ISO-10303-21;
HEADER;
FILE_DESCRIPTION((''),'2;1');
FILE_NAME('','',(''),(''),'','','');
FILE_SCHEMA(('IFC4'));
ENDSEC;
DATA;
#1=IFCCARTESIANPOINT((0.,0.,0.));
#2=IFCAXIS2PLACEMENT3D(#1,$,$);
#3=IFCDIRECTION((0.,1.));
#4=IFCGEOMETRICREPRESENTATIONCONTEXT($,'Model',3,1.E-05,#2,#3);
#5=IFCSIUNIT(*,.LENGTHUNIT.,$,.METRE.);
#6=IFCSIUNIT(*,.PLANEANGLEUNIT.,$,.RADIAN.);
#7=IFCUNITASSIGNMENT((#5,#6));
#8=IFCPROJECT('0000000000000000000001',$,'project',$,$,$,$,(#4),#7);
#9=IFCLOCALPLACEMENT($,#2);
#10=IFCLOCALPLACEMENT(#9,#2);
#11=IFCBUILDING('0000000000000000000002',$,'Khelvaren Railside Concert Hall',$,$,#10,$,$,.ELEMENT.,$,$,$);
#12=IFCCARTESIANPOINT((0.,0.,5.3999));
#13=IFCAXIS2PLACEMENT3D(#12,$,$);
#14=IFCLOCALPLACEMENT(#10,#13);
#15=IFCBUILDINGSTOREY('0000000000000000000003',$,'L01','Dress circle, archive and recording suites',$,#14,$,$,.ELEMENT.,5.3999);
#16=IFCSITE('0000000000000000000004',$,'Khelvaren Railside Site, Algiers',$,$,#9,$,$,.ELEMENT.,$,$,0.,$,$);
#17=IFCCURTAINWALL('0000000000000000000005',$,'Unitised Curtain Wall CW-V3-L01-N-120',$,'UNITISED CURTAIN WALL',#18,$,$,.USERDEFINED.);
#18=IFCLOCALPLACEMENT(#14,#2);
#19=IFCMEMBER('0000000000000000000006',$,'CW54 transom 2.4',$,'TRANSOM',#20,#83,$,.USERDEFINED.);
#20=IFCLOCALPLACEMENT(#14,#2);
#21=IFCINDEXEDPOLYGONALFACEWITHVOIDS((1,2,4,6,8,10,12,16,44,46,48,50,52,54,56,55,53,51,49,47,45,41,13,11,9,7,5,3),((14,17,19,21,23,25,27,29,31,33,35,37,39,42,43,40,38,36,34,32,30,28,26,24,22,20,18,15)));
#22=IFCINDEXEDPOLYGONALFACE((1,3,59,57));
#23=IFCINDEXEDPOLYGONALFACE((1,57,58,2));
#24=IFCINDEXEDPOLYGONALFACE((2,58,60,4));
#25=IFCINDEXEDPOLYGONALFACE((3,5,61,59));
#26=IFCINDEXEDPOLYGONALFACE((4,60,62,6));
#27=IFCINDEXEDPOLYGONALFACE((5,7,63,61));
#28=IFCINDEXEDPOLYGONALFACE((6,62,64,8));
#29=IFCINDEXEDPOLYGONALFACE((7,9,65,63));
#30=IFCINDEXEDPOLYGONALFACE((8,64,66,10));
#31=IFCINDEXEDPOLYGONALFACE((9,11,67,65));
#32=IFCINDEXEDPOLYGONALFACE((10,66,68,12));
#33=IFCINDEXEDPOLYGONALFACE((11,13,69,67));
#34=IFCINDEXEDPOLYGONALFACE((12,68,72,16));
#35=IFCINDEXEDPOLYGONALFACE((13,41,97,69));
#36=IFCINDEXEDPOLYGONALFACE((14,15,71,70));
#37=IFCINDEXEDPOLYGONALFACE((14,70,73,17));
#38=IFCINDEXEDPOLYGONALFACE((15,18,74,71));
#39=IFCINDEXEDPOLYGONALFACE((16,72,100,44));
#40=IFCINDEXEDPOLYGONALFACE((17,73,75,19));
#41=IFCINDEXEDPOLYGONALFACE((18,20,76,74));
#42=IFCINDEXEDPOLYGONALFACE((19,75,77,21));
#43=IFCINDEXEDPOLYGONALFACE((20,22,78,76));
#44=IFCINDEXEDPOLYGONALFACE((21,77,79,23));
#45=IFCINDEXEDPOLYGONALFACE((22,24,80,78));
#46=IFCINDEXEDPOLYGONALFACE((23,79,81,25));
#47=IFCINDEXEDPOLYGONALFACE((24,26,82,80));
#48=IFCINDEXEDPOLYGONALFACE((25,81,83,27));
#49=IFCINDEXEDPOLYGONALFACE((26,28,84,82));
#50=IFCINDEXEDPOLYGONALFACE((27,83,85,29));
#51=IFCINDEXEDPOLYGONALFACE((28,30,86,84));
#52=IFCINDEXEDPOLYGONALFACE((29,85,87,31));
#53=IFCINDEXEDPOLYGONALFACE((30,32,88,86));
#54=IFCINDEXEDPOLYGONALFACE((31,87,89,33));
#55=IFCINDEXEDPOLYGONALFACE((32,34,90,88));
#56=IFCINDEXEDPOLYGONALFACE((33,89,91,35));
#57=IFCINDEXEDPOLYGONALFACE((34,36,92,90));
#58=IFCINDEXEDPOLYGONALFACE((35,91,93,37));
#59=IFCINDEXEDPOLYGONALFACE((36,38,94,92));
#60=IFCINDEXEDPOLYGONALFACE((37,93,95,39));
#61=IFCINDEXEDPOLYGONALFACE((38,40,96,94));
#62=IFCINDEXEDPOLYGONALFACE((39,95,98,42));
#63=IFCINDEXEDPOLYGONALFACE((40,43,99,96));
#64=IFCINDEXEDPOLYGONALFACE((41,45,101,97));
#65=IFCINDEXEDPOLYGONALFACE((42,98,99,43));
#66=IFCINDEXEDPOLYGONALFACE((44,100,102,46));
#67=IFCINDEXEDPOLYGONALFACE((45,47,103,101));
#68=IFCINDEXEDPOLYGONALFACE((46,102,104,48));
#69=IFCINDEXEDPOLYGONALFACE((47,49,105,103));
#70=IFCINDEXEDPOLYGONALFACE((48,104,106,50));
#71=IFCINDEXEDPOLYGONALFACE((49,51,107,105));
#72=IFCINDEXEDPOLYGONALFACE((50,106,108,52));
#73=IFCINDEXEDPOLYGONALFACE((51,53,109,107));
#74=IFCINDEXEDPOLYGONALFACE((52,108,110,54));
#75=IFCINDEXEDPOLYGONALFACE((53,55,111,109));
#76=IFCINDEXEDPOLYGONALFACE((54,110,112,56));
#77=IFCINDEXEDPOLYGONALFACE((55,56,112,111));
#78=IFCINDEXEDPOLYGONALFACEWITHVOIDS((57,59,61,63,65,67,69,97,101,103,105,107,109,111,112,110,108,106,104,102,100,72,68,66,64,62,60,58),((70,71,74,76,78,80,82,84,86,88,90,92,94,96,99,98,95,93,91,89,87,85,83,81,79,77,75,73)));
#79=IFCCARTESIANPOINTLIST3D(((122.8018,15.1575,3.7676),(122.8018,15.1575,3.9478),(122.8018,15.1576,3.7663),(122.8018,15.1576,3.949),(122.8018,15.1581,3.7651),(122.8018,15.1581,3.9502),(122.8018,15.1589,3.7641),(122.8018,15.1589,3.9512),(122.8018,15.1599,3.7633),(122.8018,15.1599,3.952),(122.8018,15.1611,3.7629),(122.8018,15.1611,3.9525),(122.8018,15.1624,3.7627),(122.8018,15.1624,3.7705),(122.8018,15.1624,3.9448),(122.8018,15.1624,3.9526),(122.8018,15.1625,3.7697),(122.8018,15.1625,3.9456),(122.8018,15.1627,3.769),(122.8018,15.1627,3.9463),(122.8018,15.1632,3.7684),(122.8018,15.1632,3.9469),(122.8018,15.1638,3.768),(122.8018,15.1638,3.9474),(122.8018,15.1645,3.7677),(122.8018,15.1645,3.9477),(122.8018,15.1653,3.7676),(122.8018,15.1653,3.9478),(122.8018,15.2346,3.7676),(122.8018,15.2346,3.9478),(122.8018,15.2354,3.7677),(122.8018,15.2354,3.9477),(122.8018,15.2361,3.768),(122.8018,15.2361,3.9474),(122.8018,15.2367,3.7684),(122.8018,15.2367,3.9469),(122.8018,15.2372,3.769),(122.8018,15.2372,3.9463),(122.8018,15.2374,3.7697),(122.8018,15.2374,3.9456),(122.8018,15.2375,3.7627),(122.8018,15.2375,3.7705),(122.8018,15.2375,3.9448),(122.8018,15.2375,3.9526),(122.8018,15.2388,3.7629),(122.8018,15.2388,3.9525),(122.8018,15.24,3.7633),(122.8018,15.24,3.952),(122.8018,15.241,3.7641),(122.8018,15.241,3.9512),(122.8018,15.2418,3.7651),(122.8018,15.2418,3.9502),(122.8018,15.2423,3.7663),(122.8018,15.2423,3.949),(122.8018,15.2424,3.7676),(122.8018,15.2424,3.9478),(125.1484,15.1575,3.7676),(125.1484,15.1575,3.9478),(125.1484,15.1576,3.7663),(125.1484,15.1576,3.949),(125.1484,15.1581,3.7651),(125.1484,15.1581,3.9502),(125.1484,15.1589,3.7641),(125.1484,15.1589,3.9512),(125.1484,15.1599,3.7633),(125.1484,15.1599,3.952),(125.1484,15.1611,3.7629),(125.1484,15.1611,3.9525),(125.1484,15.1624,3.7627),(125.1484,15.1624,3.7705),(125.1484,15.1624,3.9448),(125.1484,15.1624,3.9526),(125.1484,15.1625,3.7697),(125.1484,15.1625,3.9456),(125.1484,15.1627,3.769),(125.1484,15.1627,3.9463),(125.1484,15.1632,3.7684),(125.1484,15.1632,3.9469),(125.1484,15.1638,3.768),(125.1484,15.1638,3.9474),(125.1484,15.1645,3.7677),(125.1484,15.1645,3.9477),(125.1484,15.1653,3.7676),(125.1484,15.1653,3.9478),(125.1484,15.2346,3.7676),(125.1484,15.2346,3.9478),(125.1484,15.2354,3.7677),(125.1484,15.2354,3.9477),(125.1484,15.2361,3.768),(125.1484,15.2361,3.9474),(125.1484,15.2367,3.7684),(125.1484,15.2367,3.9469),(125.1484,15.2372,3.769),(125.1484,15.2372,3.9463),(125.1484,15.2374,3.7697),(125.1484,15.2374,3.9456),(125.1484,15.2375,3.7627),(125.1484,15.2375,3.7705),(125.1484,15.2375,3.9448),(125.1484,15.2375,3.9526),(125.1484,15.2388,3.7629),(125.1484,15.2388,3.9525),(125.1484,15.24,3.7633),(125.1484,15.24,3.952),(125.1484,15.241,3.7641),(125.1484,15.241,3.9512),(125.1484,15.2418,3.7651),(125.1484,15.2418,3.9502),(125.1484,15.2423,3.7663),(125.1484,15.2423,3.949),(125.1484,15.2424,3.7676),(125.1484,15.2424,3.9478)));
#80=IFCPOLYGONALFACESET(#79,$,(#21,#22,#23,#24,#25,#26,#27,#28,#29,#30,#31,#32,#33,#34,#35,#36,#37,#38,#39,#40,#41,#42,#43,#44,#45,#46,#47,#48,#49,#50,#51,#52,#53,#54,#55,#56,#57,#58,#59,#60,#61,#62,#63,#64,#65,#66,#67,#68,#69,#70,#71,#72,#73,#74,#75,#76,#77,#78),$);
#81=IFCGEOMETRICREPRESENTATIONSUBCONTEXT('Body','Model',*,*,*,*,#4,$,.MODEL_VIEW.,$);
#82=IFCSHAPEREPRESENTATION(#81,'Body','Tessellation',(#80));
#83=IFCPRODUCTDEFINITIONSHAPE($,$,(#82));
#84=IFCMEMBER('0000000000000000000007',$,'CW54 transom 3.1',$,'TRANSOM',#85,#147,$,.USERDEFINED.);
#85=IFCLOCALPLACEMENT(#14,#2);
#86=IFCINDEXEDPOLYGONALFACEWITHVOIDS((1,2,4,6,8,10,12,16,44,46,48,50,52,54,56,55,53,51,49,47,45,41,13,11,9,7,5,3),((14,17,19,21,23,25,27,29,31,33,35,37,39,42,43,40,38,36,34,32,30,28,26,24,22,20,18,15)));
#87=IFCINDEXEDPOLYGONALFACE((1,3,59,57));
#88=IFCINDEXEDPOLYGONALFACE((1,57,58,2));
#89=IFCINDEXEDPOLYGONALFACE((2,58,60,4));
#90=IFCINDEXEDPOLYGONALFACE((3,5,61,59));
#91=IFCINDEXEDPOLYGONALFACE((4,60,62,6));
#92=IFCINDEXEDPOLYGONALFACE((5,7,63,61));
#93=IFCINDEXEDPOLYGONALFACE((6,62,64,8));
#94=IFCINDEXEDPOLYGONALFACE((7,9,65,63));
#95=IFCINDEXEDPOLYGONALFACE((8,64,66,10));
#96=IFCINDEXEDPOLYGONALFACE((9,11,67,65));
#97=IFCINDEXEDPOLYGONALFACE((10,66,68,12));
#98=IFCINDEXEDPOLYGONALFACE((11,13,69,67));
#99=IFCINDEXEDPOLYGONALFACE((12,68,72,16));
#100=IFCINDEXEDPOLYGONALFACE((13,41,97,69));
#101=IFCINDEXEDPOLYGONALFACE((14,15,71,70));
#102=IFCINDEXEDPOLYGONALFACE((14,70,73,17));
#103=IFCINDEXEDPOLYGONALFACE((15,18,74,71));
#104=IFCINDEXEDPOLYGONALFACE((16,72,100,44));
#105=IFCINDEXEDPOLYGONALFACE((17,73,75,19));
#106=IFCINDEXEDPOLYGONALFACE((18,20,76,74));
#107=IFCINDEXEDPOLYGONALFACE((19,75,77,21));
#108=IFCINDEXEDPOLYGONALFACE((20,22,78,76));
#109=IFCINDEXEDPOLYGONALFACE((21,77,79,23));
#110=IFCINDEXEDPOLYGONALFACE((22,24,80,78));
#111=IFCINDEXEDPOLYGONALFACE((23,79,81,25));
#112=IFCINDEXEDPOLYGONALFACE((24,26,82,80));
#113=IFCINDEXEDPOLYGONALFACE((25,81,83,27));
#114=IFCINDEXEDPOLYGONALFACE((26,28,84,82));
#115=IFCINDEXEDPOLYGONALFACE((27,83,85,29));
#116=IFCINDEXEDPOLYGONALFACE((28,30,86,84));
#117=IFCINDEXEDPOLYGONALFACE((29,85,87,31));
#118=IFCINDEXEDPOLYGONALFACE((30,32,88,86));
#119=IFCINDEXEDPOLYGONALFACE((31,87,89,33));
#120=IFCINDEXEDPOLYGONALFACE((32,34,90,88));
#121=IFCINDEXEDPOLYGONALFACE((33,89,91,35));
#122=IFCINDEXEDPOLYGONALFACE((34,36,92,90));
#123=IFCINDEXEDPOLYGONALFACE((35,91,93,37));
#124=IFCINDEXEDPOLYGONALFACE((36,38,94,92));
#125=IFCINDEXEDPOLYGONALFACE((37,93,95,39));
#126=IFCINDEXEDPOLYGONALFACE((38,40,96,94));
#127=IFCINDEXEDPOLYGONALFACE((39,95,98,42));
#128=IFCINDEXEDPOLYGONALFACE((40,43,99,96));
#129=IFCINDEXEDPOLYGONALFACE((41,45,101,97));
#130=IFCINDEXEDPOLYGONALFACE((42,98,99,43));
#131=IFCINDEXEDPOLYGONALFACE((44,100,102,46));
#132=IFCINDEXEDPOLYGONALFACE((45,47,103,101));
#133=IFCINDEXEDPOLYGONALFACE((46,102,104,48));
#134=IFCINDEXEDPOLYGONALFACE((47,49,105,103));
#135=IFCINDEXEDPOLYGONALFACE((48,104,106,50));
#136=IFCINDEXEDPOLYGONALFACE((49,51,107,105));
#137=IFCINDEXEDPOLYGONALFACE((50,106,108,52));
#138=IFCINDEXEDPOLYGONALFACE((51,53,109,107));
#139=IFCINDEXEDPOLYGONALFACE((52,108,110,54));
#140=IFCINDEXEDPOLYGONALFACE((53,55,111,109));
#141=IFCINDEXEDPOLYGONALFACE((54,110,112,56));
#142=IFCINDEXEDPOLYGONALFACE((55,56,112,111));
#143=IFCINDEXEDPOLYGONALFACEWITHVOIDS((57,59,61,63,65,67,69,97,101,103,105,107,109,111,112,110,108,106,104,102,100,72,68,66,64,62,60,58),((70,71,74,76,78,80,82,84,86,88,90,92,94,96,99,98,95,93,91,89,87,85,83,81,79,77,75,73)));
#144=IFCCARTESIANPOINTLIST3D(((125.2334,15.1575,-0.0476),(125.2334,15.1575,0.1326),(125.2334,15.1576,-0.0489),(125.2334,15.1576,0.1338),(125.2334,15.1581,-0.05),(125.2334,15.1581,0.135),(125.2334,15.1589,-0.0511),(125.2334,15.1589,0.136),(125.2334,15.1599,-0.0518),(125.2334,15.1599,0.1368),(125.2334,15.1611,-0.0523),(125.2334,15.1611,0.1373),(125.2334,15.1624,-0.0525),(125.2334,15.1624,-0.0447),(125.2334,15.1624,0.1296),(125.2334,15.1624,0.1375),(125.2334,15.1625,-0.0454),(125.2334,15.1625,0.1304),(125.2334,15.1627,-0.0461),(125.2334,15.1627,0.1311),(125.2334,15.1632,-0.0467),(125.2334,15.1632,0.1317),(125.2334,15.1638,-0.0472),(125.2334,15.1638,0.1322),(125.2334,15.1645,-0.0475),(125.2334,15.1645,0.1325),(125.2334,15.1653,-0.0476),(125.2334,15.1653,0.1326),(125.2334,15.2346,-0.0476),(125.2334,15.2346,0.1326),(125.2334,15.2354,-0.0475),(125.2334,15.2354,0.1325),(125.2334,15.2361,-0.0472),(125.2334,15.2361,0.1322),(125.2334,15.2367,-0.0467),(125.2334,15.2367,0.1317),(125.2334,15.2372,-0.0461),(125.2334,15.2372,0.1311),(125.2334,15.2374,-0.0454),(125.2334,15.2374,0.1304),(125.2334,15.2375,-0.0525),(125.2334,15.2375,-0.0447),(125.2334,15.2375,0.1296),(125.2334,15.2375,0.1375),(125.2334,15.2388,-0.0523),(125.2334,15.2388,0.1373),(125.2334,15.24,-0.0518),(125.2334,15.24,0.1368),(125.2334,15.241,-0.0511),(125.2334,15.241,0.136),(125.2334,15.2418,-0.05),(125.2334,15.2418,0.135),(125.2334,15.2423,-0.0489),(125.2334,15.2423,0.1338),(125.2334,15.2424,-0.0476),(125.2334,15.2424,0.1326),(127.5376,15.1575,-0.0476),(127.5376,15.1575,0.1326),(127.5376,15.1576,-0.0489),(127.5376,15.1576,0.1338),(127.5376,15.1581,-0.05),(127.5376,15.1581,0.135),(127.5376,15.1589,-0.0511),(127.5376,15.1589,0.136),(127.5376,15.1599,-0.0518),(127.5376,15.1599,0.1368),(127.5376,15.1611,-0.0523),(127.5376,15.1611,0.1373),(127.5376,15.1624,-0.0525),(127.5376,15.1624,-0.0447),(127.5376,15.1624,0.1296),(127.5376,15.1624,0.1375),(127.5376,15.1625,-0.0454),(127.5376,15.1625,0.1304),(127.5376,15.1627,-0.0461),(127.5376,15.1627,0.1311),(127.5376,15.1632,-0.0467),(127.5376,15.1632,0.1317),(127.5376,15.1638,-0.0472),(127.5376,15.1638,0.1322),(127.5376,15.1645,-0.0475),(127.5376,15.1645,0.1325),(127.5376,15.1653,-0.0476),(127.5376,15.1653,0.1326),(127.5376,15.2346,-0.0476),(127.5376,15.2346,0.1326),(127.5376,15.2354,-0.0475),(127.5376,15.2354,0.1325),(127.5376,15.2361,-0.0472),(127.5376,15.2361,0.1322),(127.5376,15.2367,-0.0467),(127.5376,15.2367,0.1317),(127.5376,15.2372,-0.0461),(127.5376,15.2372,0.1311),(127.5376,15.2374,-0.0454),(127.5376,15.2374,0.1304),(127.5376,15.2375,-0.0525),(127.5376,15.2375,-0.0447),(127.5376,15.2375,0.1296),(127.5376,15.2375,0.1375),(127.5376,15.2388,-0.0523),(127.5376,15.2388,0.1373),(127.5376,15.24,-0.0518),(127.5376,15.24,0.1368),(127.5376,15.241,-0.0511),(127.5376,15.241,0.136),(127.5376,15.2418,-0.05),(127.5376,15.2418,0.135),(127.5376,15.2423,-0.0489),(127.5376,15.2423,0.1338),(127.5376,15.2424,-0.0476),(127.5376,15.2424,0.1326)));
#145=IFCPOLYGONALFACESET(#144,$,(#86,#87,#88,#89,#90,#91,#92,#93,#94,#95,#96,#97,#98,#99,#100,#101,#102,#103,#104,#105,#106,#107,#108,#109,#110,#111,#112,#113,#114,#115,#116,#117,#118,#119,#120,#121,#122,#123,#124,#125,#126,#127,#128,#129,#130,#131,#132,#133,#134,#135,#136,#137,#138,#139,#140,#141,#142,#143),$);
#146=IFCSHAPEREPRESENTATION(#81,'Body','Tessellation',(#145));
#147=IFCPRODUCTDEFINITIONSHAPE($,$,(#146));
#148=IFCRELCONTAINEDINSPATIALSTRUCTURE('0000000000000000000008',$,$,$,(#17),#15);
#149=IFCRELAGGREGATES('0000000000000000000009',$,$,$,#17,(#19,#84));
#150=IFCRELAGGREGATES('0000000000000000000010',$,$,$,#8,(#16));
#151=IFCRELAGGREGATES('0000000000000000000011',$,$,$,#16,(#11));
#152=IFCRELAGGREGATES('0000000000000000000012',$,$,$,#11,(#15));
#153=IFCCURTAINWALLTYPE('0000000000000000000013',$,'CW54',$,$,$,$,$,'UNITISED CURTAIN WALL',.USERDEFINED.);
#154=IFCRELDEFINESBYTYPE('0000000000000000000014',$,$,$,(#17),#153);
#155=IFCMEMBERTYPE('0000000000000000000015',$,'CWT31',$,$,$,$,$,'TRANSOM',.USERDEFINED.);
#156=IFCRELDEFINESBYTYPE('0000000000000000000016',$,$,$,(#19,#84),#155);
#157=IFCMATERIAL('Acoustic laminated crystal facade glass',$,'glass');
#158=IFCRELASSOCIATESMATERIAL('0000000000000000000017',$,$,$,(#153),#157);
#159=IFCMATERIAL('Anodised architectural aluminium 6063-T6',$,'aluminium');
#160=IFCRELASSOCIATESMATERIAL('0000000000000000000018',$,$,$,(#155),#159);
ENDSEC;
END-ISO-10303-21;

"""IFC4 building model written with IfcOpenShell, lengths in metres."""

from ifc_helpers import new_model, si_unit, direction, frame, origin, origin_2d, place, context, subcontext, project, spatial, hollow_rectangle, extrude, material, material_profile, profile_set, type_object, element, aggregate, save


model = new_model("IFC4")

# Units and contexts
model_context = context("Model", 3, precision=1e-05, world=origin(), true_north=direction((0.0, 1.0)))
body_context = subcontext(model_context, "Body", "Model", "MODEL_VIEW")
ifc_project = project(units=[si_unit("LENGTHUNIT", "METRE"), si_unit("PLANEANGLEUNIT", "RADIAN")], contexts=[model_context])

# Site, building, storey
site_placement = place(None, origin())
site = spatial("IfcSite", under=ifc_project, at=site_placement, Name="Khelvaren Railside Site, Algiers", CompositionType="ELEMENT", RefElevation=0.0)
building_placement = place(site_placement, origin())
building = spatial("IfcBuilding", under=site, at=building_placement, Name="Khelvaren Railside Concert Hall", CompositionType="ELEMENT")
storey_placement = place(building_placement, frame((0.0, 0.0, 5.3999)))
storey = spatial("IfcBuildingStorey", under=building, at=storey_placement, Name="L01", Description="Dress circle, archive and recording suites", CompositionType="ELEMENT", Elevation=5.3999)

# Curtain wall, members
ifc_material_1 = material(Name="Acoustic laminated crystal facade glass", Category="glass")
curtain_wall_type = type_object("IfcCurtainWallType", Name="CW54", ElementType="UNITISED CURTAIN WALL", PredefinedType="USERDEFINED", material=ifc_material_1)
curtain_wall_placement = place(storey_placement, origin())
curtain_wall = element("IfcCurtainWall", 1, at=curtain_wall_placement, inside=storey, type_object=curtain_wall_type, Name="Unitised Curtain Wall CW-V3-L01-N-120", ObjectType="UNITISED CURTAIN WALL", PredefinedType="USERDEFINED")
ifc_material_2 = material(Name="Anodised architectural aluminium 6063-T6", Category="aluminium")
ifc_material_profile_1 = material_profile(ifc_material_2, hollow_rectangle(XDim=0.085, YDim=0.1899, WallThickness=0.0049, InnerFilletRadius=0.0029, OuterFilletRadius=0.0049, at=origin_2d()), Name="CWT 85x190x5")
ifc_profile_set_1 = profile_set([ifc_material_profile_1], Name="Anodised architectural aluminium 6063-T6")
member_type_1 = type_object("IfcMemberType", Name="CWT31", ElementType="TRANSOM", PredefinedType="USERDEFINED", material=ifc_profile_set_1)
member_1_placement = place(storey_placement, frame((122.8018, 15.2, 3.8577), z_axis=(1.0, 0.0, 0.0), x_axis=(0.0, 1.0, 0.0)))
member_1 = element("IfcMember", 2, at=member_1_placement, type_object=member_type_1, Name="CW54 transom 2.4", ObjectType="TRANSOM", PredefinedType="USERDEFINED", context=body_context, shape_type="SweptSolid", body=[
    extrude(hollow_rectangle(XDim=0.085, YDim=0.1899, WallThickness=0.0049, InnerFilletRadius=0.0029, OuterFilletRadius=0.0049, at=origin_2d()), origin(), (0.0, 0.0, 1.0), 2.3467),
])
member_2_placement = place(storey_placement, frame((125.2334, 15.2, 0.0425), z_axis=(1.0, 0.0, 0.0), x_axis=(0.0, 1.0, 0.0)))
member_2 = element("IfcMember", 3, at=member_2_placement, type_object=member_type_1, Name="CW54 transom 3.1", ObjectType="TRANSOM", PredefinedType="USERDEFINED", context=body_context, shape_type="SweptSolid", body=[
    extrude(hollow_rectangle(XDim=0.085, YDim=0.1899, WallThickness=0.0049, InnerFilletRadius=0.0029, OuterFilletRadius=0.0049, at=origin_2d()), origin(), (0.0, 0.0, 1.0), 2.3042),
])

aggregate(curtain_wall, [member_1, member_2])

save(model, "model.ifc")
